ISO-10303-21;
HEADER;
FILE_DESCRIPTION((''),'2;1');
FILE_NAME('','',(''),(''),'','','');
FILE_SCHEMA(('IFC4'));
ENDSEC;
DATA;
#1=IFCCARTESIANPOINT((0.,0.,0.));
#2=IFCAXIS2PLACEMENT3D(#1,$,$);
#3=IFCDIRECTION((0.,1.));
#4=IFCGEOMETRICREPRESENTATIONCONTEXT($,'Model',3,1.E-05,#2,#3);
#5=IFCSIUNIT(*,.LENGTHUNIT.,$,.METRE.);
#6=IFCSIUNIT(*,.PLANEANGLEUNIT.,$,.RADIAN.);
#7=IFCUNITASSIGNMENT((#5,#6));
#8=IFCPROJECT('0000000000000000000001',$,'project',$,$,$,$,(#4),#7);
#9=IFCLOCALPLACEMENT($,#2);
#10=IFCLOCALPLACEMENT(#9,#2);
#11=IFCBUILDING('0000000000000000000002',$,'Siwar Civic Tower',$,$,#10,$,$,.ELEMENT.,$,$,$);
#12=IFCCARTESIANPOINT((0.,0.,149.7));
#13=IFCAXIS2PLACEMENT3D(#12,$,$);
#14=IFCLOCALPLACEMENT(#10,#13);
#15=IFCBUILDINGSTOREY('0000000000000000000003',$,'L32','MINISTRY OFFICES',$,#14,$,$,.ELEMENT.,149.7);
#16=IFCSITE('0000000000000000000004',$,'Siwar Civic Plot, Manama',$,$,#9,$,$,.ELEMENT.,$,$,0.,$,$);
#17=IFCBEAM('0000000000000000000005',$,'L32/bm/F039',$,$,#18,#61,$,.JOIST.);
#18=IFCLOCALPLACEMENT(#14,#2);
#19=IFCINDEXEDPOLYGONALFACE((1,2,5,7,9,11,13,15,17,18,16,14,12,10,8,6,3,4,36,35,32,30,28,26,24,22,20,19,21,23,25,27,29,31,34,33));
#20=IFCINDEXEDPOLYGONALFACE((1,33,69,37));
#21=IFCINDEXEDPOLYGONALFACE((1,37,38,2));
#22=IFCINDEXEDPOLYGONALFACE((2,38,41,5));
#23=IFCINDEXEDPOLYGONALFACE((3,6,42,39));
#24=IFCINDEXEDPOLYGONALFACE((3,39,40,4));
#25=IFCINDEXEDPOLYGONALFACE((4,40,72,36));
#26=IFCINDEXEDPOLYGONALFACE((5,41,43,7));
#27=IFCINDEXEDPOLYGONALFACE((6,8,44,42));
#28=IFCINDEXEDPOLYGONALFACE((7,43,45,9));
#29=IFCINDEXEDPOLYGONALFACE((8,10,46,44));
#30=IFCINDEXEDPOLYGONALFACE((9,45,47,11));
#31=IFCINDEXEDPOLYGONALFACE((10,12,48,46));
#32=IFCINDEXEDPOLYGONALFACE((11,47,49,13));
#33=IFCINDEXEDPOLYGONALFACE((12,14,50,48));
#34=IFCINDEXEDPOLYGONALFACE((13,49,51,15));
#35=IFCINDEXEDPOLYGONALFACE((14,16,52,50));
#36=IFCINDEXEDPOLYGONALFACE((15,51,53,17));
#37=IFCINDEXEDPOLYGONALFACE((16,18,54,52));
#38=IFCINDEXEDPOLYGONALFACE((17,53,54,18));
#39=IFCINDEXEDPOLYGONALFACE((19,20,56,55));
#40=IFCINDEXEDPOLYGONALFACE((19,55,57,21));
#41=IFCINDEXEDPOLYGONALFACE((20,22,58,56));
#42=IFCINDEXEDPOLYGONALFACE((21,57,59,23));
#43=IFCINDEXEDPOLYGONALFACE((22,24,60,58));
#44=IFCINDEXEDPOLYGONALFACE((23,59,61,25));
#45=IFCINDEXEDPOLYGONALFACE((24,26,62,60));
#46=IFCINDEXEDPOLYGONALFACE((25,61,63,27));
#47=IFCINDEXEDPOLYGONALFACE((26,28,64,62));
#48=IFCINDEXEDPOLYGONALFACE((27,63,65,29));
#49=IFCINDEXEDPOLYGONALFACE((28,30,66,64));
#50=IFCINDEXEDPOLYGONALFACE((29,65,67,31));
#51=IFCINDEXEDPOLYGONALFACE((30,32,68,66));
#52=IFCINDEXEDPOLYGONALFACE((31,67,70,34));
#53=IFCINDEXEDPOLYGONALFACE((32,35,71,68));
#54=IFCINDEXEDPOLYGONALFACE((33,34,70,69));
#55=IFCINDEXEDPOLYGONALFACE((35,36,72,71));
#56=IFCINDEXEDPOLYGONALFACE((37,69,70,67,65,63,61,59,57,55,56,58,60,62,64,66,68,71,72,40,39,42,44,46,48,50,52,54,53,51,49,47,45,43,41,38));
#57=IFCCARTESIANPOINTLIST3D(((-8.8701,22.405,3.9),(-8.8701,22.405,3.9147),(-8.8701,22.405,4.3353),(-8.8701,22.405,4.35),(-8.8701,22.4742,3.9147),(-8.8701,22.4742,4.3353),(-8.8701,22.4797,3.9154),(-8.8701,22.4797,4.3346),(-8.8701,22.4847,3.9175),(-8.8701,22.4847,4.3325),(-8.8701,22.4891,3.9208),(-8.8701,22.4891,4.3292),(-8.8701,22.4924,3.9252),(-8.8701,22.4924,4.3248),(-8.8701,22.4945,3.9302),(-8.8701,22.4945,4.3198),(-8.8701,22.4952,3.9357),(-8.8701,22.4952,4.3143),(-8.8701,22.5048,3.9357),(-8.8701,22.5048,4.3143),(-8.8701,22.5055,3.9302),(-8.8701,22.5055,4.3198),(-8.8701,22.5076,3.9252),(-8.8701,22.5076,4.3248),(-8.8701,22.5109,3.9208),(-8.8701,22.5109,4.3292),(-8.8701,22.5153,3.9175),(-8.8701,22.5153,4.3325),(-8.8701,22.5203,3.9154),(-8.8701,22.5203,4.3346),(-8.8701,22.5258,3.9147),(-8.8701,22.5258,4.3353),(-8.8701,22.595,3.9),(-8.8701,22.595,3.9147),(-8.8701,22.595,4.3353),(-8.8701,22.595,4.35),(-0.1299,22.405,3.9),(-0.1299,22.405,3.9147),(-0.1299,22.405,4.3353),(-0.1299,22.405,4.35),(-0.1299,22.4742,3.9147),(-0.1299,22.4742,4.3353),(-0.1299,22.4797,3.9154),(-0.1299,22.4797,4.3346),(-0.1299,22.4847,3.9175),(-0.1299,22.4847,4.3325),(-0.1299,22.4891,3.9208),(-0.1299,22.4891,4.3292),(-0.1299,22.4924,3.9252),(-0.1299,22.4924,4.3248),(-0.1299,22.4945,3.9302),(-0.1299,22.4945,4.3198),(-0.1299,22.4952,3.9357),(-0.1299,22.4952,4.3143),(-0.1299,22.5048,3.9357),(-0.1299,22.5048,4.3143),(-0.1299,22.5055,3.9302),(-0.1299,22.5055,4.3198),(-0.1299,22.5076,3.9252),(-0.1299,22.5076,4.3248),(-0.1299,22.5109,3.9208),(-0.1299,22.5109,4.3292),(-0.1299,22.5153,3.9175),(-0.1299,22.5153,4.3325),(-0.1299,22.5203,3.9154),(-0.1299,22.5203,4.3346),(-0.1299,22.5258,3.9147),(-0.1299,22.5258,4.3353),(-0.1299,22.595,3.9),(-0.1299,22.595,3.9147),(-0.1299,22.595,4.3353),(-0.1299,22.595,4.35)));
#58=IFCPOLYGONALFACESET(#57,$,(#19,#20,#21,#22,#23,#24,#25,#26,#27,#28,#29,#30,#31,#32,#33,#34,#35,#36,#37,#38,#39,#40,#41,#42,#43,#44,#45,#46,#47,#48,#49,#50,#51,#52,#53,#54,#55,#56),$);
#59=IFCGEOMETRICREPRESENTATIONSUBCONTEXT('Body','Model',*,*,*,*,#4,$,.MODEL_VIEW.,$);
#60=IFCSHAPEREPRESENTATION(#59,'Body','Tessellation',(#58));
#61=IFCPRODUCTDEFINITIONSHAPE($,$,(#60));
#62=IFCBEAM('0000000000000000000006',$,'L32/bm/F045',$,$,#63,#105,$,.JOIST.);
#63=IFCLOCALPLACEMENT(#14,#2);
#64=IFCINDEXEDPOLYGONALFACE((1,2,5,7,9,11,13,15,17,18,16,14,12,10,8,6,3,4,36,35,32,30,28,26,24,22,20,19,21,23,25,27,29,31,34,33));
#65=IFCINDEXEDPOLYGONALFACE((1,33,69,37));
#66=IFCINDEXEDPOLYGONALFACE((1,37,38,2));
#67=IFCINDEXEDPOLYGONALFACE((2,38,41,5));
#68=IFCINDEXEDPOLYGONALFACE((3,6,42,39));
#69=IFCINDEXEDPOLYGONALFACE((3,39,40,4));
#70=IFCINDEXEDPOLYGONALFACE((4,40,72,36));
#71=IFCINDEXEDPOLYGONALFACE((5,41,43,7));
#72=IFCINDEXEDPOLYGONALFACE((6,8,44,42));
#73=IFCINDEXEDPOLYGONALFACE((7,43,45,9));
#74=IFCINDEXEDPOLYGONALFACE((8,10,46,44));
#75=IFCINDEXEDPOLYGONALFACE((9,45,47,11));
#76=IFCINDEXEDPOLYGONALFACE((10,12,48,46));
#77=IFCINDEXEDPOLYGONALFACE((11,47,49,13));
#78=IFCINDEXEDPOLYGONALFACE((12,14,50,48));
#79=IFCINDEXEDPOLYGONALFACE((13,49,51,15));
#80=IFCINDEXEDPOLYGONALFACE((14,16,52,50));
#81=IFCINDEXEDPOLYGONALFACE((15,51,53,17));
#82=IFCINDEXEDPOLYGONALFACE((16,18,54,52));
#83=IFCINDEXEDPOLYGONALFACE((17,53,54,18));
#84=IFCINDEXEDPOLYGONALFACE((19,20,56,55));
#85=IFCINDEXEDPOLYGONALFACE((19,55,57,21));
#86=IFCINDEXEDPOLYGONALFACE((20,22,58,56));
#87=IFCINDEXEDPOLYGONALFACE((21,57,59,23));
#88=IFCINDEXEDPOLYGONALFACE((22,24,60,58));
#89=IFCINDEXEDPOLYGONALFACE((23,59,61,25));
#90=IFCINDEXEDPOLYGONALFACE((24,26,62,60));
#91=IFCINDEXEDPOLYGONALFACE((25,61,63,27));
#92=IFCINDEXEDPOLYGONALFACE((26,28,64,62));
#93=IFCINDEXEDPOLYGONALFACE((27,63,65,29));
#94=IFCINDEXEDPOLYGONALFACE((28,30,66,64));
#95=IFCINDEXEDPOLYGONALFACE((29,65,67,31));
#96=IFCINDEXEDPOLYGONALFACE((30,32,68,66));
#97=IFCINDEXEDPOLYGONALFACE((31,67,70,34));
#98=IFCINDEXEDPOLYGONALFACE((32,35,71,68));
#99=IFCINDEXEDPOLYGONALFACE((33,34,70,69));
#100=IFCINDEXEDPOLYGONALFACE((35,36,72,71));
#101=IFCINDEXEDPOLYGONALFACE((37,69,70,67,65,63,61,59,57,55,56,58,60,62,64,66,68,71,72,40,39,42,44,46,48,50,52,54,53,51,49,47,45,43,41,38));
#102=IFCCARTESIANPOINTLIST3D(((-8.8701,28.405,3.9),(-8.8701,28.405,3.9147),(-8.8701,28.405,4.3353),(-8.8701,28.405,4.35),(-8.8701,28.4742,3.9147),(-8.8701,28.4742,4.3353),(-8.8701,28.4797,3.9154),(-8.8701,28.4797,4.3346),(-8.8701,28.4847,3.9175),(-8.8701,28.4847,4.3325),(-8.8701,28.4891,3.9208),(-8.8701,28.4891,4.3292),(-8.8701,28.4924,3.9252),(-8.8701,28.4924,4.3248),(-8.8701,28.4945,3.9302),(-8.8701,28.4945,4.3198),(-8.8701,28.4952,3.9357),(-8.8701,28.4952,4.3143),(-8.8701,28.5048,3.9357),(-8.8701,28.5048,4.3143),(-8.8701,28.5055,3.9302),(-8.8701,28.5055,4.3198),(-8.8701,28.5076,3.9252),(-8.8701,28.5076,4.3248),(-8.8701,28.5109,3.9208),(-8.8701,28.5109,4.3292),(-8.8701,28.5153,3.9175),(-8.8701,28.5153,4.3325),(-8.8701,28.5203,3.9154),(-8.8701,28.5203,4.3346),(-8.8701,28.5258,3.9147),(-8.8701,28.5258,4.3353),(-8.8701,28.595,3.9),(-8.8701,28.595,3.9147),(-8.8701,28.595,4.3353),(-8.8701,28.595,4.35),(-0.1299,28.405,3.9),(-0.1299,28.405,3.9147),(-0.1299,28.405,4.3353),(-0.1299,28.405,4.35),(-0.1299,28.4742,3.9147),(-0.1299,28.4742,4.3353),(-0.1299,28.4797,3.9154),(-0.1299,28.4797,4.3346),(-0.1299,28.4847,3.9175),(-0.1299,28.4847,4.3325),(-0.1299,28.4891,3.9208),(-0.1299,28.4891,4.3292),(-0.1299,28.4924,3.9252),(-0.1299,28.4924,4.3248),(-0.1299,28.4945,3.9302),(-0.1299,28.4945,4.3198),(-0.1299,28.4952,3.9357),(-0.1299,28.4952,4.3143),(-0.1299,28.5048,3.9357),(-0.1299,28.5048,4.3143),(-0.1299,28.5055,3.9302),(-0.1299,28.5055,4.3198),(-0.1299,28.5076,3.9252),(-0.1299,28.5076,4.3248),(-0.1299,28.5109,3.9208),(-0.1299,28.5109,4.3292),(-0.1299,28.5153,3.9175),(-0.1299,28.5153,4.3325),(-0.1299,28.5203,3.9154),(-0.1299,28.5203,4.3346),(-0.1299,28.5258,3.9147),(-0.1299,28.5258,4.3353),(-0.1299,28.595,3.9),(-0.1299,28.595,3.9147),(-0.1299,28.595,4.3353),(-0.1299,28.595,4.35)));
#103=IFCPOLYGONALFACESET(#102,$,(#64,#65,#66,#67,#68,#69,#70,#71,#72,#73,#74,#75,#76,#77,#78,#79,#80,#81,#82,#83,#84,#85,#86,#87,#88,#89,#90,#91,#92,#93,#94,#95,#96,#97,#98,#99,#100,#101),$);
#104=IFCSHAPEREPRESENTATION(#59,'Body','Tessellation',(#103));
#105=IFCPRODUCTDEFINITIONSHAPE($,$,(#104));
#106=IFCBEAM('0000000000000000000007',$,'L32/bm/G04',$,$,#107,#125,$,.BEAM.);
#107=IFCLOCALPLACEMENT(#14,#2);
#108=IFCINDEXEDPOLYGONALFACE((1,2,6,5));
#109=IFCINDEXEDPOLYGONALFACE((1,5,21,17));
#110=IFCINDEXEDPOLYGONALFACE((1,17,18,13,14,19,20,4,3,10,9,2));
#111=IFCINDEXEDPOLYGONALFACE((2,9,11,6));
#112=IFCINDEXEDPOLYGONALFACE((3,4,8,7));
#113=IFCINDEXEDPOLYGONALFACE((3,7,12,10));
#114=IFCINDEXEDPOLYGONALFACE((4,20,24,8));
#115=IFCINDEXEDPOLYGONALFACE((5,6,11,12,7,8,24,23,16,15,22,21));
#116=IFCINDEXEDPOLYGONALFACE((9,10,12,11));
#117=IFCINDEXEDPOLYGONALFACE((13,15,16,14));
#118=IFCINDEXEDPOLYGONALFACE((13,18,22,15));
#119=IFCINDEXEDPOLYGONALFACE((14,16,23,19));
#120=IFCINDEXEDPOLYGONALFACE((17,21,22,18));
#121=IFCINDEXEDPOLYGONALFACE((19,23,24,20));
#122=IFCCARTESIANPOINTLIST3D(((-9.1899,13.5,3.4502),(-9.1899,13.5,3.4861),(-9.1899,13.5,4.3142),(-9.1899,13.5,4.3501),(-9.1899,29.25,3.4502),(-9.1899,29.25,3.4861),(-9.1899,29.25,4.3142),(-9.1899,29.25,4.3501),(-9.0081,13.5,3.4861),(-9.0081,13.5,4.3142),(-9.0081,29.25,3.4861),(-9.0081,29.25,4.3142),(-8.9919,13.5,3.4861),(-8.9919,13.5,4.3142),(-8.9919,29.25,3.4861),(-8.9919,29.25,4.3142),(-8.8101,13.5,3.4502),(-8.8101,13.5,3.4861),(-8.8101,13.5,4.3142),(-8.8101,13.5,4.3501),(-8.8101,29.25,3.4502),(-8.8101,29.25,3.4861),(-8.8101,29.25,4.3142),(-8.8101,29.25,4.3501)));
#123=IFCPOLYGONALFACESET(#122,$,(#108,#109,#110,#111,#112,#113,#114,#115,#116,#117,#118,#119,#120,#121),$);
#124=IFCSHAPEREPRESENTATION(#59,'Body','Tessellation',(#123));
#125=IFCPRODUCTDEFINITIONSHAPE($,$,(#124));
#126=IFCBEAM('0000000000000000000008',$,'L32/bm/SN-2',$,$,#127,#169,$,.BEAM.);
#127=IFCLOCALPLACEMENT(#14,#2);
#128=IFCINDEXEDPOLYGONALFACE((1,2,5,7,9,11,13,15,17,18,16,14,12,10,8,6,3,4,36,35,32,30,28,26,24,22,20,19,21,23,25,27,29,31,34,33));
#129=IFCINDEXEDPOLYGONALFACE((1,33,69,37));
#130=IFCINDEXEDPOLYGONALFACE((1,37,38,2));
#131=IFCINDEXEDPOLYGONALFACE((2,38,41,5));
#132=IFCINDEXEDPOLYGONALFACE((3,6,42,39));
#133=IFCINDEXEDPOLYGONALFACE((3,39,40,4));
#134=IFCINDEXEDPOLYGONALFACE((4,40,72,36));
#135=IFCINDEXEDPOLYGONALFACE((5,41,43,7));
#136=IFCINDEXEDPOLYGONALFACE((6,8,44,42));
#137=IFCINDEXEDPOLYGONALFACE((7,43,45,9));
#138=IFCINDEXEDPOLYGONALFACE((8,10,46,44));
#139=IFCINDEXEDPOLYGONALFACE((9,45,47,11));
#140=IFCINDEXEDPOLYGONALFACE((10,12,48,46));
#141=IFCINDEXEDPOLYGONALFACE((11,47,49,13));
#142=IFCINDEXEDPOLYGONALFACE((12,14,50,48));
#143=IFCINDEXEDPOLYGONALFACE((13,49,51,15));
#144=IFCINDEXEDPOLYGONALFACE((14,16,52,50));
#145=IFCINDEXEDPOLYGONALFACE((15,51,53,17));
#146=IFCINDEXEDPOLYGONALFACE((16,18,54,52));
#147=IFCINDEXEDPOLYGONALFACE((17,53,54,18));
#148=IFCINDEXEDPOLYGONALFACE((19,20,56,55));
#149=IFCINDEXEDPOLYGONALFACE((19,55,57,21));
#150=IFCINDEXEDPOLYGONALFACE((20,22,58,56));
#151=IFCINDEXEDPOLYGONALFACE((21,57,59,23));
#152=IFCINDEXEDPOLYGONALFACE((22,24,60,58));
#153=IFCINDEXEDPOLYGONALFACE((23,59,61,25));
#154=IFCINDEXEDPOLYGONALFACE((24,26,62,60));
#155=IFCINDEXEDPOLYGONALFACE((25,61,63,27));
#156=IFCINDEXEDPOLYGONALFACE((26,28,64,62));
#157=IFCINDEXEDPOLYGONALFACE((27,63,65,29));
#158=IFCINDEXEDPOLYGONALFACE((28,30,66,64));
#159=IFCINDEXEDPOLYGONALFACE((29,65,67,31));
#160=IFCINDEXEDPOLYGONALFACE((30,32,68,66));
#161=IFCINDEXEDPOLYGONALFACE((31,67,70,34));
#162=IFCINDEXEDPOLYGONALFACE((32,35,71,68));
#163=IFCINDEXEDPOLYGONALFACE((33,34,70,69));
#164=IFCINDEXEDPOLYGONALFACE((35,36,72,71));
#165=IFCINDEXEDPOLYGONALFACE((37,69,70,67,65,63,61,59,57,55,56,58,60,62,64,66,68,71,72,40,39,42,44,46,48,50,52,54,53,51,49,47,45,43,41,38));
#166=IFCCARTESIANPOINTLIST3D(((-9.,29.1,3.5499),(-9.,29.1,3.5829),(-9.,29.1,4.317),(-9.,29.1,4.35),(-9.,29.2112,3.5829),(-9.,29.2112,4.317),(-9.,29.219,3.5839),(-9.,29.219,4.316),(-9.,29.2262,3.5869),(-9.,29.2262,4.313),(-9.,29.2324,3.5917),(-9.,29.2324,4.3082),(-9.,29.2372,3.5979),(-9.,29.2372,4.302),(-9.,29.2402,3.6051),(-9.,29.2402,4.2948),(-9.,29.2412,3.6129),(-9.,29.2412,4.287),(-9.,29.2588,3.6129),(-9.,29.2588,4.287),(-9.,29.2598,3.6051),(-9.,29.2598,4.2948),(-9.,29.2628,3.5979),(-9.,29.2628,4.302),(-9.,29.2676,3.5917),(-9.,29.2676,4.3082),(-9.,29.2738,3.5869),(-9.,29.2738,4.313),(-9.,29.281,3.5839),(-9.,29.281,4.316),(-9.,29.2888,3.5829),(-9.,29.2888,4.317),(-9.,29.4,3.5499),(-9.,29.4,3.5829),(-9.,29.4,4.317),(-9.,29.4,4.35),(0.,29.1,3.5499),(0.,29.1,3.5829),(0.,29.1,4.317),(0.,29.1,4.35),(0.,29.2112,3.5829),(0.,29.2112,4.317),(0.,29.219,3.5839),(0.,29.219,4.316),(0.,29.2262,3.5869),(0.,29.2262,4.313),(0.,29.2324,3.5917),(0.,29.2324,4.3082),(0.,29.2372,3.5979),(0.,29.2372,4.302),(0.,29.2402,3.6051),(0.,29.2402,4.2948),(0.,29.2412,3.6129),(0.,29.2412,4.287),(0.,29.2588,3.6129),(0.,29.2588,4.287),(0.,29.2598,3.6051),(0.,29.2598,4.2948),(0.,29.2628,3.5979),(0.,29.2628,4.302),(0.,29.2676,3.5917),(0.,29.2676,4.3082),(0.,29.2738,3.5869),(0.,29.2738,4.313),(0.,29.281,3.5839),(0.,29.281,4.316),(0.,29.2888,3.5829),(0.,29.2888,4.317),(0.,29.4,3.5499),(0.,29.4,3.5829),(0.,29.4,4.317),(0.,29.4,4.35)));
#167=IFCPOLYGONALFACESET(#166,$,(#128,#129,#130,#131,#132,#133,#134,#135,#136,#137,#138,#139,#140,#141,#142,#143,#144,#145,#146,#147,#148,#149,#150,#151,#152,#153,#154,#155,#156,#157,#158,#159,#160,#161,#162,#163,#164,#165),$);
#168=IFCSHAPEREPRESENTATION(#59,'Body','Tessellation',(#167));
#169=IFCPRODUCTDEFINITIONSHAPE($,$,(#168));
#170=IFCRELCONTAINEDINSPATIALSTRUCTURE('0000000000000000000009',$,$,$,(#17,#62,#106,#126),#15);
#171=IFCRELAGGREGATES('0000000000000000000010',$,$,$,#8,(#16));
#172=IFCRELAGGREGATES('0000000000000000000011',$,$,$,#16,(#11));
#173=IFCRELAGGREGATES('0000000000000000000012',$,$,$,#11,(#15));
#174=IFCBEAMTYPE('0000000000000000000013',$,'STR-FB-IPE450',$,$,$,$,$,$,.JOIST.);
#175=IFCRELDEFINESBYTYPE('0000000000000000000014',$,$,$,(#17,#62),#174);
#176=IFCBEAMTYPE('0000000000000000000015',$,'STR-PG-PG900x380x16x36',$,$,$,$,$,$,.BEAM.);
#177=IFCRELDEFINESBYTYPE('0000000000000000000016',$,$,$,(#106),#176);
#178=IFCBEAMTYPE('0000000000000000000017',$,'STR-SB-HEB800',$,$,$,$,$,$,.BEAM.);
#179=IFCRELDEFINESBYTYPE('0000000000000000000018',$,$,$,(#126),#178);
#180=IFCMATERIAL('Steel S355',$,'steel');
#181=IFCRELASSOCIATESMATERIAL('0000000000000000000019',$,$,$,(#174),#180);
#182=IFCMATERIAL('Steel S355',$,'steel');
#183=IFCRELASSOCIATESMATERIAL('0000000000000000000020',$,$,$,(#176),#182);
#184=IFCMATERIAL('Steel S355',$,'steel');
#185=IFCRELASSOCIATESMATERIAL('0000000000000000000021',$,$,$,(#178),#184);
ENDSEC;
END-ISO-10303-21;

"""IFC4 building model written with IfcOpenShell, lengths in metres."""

from ifc_helpers import new_model, si_unit, direction, frame, origin, origin_2d, place, context, subcontext, project, spatial, i_section, extrude, material, material_profile, profile_set, type_object, element, save


model = new_model("IFC4")

# Units and contexts
model_context = context("Model", 3, precision=1e-05, world=origin(), true_north=direction((0.0, 1.0)))
body_context = subcontext(model_context, "Body", "Model", "MODEL_VIEW")
ifc_project = project(units=[si_unit("LENGTHUNIT", "METRE"), si_unit("PLANEANGLEUNIT", "RADIAN")], contexts=[model_context])

# Site, building, storey
site_placement = place(None, origin())
site = spatial("IfcSite", under=ifc_project, at=site_placement, Name="Siwar Civic Plot, Manama", CompositionType="ELEMENT", RefElevation=0.0)
building_placement = place(site_placement, origin())
building = spatial("IfcBuilding", under=site, at=building_placement, Name="Siwar Civic Tower", CompositionType="ELEMENT")
storey_placement = place(building_placement, frame((0.0, 0.0, 149.7)))
storey = spatial("IfcBuildingStorey", under=building, at=storey_placement, Name="L32", Description="MINISTRY OFFICES", CompositionType="ELEMENT", Elevation=149.7)

# Beams
ifc_material_1 = material(Name="Steel S355", Category="steel")
ifc_material_profile_1 = material_profile(ifc_material_1, i_section(OverallWidth=0.1899, OverallDepth=0.45, WebThickness=0.0095, FlangeThickness=0.0146, FilletRadius=0.021, at=origin_2d()), Name="IPE450")
ifc_profile_set_1 = profile_set([ifc_material_profile_1], Name="Steel S355")
beam_type_1 = type_object("IfcBeamType", Name="STR-FB-IPE450", PredefinedType="JOIST", material=ifc_profile_set_1)
for number, where, z_axis, x_axis, name in (
    (1, (-8.8701, 22.5, 4.125), (1.0, 0.0, 0.0), (0.0, 1.0, 0.0), "L32/bm/F039"),
    (2, (-8.8701, 28.5, 4.125), (1.0, 0.0, 0.0), (0.0, 1.0, 0.0), "L32/bm/F045"),
):
    element("IfcBeam", number, at=place(storey_placement, frame(where, z_axis=z_axis, x_axis=x_axis)), inside=storey, type_object=beam_type_1, Name=name, PredefinedType="JOIST", context=body_context, shape_type="SweptSolid", body=[
        extrude(i_section(OverallWidth=0.1899, OverallDepth=0.45, WebThickness=0.0095, FlangeThickness=0.0146, FilletRadius=0.021, at=origin_2d()), origin(), (0.0, 0.0, 1.0), 8.7402),
    ])
ifc_material_2 = material(Name="Steel S355", Category="steel")
ifc_material_profile_2 = material_profile(ifc_material_2, i_section(OverallWidth=0.3799, OverallDepth=0.8999, WebThickness=0.0161, FlangeThickness=0.0359, at=origin_2d()), Name="PG900x380x16x36")
ifc_profile_set_2 = profile_set([ifc_material_profile_2], Name="Steel S355")
beam_type_2 = type_object("IfcBeamType", Name="STR-PG-PG900x380x16x36", PredefinedType="BEAM", material=ifc_profile_set_2)
beam_1_placement = place(storey_placement, frame((-9.0, 13.5, 3.9001), z_axis=(0.0, 1.0, 0.0), x_axis=(-1.0, 0.0, 0.0)))
element("IfcBeam", 3, at=beam_1_placement, inside=storey, type_object=beam_type_2, Name="L32/bm/G04", PredefinedType="BEAM", context=body_context, shape_type="SweptSolid", body=[
    extrude(i_section(OverallWidth=0.3799, OverallDepth=0.8999, WebThickness=0.0161, FlangeThickness=0.0359, at=origin_2d()), origin(), (0.0, 0.0, 1.0), 15.75),
])
ifc_material_3 = material(Name="Steel S355", Category="steel")
ifc_material_profile_3 = material_profile(ifc_material_3, i_section(OverallWidth=0.3, OverallDepth=0.8, WebThickness=0.0176, FlangeThickness=0.033, FilletRadius=0.03, at=origin_2d()), Name="HEB800")
ifc_profile_set_3 = profile_set([ifc_material_profile_3], Name="Steel S355")
beam_type_3 = type_object("IfcBeamType", Name="STR-SB-HEB800", PredefinedType="BEAM", material=ifc_profile_set_3)
for number, where, z_axis, x_axis, name in (
    (4, (0.0, 29.25, 3.95), (-1.0, 0.0, 0.0), (0.0, -1.0, 0.0), "L32/bm/SN-2"),
):
    element("IfcBeam", number, at=place(storey_placement, frame(where, z_axis=z_axis, x_axis=x_axis)), inside=storey, type_object=beam_type_3, Name=name, PredefinedType="BEAM", context=body_context, shape_type="SweptSolid", body=[
        extrude(i_section(OverallWidth=0.3, OverallDepth=0.8, WebThickness=0.0176, FlangeThickness=0.033, FilletRadius=0.03, at=origin_2d()), origin(), (0.0, 0.0, 1.0), 9.0),
    ])

save(model, "model.ifc")
